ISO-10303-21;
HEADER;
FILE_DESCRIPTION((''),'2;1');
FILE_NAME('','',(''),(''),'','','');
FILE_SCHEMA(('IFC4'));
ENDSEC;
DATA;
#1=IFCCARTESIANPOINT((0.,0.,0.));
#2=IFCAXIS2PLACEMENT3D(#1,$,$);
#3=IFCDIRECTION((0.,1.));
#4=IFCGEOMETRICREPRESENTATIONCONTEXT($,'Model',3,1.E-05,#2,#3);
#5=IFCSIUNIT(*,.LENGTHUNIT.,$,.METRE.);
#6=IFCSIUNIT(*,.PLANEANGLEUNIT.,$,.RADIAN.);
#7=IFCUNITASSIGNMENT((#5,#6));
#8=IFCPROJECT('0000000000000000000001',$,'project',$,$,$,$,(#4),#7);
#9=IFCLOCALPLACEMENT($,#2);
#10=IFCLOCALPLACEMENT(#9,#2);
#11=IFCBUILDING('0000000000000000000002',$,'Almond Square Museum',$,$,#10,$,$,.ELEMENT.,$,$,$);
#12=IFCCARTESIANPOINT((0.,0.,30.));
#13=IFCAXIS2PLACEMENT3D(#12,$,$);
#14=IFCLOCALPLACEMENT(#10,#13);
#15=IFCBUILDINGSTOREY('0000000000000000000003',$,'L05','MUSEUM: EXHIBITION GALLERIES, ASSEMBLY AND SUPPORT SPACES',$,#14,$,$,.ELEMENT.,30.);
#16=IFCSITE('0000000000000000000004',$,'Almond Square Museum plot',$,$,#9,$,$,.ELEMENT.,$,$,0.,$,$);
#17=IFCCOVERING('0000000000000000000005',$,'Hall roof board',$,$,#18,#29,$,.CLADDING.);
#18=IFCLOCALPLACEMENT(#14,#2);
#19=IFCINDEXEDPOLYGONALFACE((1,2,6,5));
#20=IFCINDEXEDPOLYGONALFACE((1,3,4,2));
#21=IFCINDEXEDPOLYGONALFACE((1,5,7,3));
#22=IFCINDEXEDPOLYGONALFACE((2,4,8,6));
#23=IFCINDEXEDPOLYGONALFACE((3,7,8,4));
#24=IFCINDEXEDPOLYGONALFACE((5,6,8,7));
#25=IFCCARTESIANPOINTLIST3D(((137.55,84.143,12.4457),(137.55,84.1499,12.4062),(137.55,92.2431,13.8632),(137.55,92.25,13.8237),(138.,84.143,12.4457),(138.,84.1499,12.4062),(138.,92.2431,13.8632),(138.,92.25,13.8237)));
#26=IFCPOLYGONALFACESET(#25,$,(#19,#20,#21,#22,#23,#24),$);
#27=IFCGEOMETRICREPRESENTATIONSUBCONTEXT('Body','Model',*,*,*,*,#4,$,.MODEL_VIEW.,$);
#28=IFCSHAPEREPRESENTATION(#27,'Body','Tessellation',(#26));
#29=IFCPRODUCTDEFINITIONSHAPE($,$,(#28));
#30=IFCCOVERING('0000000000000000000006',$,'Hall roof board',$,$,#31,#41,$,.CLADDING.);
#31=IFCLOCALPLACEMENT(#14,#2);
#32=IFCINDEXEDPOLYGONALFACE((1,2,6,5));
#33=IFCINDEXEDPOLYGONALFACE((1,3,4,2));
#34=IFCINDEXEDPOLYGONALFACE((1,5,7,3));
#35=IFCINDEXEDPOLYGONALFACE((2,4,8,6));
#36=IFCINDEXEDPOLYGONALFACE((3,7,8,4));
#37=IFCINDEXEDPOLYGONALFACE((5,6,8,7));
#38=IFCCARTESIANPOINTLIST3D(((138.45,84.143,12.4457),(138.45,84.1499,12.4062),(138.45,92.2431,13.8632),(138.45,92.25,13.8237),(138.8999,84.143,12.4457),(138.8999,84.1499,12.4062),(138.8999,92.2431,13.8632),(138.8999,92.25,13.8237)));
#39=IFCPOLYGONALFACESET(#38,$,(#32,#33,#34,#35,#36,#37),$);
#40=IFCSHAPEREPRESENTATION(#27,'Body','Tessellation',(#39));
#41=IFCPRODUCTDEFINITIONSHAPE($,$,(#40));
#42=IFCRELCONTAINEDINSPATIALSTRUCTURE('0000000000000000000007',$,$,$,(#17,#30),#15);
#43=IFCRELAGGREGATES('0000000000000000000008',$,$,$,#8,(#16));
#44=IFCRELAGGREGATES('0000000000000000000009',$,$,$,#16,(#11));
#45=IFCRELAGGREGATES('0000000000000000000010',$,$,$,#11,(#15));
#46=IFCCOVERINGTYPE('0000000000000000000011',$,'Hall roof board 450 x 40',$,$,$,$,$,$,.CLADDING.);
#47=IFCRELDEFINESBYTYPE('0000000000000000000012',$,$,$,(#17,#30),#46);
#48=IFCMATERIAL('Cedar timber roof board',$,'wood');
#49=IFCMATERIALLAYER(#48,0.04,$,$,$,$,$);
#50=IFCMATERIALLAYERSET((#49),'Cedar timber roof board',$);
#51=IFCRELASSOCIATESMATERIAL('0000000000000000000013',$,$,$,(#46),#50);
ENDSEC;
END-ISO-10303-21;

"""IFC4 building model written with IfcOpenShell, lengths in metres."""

from ifc_helpers import new_model, si_unit, direction, frame, origin, place, context, subcontext, project, spatial, polyline, outline, extrude, material, layer, layer_set, type_object, element, save


model = new_model("IFC4")

# Units and contexts
model_context = context("Model", 3, precision=1e-05, world=origin(), true_north=direction((0.0, 1.0)))
body_context = subcontext(model_context, "Body", "Model", "MODEL_VIEW")
ifc_project = project(units=[si_unit("LENGTHUNIT", "METRE"), si_unit("PLANEANGLEUNIT", "RADIAN")], contexts=[model_context])

# Site, building, storey
site_placement = place(None, origin())
site = spatial("IfcSite", under=ifc_project, at=site_placement, Name="Almond Square Museum plot", CompositionType="ELEMENT", RefElevation=0.0)
building_placement = place(site_placement, origin())
building = spatial("IfcBuilding", under=site, at=building_placement, Name="Almond Square Museum", CompositionType="ELEMENT")
storey_placement = place(building_placement, frame((0.0, 0.0, 30.0)))
storey = spatial("IfcBuildingStorey", under=building, at=storey_placement, Name="L05", Description="MUSEUM: EXHIBITION GALLERIES, ASSEMBLY AND SUPPORT SPACES", CompositionType="ELEMENT", Elevation=30.0)

# Coverings
ifc_material_1 = material(Name="Cedar timber roof board", Category="wood")
ifc_layer = layer(ifc_material_1, 0.04)
ifc_layer_set = layer_set([ifc_layer], Name="Cedar timber roof board")
covering_type = type_object("IfcCoveringType", Name="Hall roof board 450 x 40", PredefinedType="CLADDING", material=ifc_layer_set)
for number, where, z_axis, x_axis, name in (
    (1, (138.0, 92.25, 13.8237), (0.0, -0.172376, 0.985031), (-1.0, 0.0, 0.0), "Hall roof board"),
    (2, (138.8999, 92.25, 13.8237), (0.0, -0.172376, 0.985031), (-1.0, 0.0, 0.0), "Hall roof board"),
):
    element("IfcCovering", number, at=place(storey_placement, frame(where, z_axis=z_axis, x_axis=x_axis)), inside=storey, type_object=covering_type, Name=name, PredefinedType="CLADDING", context=body_context, shape_type="SweptSolid", body=[
        extrude(outline(polyline([(0.0, 0.0), (0.45, 0.0), (0.45, 8.2232), (0.0, 8.2232), (0.0, 0.0)])), origin(), (0.0, 0.0, 1.0), 0.04),
    ])

save(model, "model.ifc")
